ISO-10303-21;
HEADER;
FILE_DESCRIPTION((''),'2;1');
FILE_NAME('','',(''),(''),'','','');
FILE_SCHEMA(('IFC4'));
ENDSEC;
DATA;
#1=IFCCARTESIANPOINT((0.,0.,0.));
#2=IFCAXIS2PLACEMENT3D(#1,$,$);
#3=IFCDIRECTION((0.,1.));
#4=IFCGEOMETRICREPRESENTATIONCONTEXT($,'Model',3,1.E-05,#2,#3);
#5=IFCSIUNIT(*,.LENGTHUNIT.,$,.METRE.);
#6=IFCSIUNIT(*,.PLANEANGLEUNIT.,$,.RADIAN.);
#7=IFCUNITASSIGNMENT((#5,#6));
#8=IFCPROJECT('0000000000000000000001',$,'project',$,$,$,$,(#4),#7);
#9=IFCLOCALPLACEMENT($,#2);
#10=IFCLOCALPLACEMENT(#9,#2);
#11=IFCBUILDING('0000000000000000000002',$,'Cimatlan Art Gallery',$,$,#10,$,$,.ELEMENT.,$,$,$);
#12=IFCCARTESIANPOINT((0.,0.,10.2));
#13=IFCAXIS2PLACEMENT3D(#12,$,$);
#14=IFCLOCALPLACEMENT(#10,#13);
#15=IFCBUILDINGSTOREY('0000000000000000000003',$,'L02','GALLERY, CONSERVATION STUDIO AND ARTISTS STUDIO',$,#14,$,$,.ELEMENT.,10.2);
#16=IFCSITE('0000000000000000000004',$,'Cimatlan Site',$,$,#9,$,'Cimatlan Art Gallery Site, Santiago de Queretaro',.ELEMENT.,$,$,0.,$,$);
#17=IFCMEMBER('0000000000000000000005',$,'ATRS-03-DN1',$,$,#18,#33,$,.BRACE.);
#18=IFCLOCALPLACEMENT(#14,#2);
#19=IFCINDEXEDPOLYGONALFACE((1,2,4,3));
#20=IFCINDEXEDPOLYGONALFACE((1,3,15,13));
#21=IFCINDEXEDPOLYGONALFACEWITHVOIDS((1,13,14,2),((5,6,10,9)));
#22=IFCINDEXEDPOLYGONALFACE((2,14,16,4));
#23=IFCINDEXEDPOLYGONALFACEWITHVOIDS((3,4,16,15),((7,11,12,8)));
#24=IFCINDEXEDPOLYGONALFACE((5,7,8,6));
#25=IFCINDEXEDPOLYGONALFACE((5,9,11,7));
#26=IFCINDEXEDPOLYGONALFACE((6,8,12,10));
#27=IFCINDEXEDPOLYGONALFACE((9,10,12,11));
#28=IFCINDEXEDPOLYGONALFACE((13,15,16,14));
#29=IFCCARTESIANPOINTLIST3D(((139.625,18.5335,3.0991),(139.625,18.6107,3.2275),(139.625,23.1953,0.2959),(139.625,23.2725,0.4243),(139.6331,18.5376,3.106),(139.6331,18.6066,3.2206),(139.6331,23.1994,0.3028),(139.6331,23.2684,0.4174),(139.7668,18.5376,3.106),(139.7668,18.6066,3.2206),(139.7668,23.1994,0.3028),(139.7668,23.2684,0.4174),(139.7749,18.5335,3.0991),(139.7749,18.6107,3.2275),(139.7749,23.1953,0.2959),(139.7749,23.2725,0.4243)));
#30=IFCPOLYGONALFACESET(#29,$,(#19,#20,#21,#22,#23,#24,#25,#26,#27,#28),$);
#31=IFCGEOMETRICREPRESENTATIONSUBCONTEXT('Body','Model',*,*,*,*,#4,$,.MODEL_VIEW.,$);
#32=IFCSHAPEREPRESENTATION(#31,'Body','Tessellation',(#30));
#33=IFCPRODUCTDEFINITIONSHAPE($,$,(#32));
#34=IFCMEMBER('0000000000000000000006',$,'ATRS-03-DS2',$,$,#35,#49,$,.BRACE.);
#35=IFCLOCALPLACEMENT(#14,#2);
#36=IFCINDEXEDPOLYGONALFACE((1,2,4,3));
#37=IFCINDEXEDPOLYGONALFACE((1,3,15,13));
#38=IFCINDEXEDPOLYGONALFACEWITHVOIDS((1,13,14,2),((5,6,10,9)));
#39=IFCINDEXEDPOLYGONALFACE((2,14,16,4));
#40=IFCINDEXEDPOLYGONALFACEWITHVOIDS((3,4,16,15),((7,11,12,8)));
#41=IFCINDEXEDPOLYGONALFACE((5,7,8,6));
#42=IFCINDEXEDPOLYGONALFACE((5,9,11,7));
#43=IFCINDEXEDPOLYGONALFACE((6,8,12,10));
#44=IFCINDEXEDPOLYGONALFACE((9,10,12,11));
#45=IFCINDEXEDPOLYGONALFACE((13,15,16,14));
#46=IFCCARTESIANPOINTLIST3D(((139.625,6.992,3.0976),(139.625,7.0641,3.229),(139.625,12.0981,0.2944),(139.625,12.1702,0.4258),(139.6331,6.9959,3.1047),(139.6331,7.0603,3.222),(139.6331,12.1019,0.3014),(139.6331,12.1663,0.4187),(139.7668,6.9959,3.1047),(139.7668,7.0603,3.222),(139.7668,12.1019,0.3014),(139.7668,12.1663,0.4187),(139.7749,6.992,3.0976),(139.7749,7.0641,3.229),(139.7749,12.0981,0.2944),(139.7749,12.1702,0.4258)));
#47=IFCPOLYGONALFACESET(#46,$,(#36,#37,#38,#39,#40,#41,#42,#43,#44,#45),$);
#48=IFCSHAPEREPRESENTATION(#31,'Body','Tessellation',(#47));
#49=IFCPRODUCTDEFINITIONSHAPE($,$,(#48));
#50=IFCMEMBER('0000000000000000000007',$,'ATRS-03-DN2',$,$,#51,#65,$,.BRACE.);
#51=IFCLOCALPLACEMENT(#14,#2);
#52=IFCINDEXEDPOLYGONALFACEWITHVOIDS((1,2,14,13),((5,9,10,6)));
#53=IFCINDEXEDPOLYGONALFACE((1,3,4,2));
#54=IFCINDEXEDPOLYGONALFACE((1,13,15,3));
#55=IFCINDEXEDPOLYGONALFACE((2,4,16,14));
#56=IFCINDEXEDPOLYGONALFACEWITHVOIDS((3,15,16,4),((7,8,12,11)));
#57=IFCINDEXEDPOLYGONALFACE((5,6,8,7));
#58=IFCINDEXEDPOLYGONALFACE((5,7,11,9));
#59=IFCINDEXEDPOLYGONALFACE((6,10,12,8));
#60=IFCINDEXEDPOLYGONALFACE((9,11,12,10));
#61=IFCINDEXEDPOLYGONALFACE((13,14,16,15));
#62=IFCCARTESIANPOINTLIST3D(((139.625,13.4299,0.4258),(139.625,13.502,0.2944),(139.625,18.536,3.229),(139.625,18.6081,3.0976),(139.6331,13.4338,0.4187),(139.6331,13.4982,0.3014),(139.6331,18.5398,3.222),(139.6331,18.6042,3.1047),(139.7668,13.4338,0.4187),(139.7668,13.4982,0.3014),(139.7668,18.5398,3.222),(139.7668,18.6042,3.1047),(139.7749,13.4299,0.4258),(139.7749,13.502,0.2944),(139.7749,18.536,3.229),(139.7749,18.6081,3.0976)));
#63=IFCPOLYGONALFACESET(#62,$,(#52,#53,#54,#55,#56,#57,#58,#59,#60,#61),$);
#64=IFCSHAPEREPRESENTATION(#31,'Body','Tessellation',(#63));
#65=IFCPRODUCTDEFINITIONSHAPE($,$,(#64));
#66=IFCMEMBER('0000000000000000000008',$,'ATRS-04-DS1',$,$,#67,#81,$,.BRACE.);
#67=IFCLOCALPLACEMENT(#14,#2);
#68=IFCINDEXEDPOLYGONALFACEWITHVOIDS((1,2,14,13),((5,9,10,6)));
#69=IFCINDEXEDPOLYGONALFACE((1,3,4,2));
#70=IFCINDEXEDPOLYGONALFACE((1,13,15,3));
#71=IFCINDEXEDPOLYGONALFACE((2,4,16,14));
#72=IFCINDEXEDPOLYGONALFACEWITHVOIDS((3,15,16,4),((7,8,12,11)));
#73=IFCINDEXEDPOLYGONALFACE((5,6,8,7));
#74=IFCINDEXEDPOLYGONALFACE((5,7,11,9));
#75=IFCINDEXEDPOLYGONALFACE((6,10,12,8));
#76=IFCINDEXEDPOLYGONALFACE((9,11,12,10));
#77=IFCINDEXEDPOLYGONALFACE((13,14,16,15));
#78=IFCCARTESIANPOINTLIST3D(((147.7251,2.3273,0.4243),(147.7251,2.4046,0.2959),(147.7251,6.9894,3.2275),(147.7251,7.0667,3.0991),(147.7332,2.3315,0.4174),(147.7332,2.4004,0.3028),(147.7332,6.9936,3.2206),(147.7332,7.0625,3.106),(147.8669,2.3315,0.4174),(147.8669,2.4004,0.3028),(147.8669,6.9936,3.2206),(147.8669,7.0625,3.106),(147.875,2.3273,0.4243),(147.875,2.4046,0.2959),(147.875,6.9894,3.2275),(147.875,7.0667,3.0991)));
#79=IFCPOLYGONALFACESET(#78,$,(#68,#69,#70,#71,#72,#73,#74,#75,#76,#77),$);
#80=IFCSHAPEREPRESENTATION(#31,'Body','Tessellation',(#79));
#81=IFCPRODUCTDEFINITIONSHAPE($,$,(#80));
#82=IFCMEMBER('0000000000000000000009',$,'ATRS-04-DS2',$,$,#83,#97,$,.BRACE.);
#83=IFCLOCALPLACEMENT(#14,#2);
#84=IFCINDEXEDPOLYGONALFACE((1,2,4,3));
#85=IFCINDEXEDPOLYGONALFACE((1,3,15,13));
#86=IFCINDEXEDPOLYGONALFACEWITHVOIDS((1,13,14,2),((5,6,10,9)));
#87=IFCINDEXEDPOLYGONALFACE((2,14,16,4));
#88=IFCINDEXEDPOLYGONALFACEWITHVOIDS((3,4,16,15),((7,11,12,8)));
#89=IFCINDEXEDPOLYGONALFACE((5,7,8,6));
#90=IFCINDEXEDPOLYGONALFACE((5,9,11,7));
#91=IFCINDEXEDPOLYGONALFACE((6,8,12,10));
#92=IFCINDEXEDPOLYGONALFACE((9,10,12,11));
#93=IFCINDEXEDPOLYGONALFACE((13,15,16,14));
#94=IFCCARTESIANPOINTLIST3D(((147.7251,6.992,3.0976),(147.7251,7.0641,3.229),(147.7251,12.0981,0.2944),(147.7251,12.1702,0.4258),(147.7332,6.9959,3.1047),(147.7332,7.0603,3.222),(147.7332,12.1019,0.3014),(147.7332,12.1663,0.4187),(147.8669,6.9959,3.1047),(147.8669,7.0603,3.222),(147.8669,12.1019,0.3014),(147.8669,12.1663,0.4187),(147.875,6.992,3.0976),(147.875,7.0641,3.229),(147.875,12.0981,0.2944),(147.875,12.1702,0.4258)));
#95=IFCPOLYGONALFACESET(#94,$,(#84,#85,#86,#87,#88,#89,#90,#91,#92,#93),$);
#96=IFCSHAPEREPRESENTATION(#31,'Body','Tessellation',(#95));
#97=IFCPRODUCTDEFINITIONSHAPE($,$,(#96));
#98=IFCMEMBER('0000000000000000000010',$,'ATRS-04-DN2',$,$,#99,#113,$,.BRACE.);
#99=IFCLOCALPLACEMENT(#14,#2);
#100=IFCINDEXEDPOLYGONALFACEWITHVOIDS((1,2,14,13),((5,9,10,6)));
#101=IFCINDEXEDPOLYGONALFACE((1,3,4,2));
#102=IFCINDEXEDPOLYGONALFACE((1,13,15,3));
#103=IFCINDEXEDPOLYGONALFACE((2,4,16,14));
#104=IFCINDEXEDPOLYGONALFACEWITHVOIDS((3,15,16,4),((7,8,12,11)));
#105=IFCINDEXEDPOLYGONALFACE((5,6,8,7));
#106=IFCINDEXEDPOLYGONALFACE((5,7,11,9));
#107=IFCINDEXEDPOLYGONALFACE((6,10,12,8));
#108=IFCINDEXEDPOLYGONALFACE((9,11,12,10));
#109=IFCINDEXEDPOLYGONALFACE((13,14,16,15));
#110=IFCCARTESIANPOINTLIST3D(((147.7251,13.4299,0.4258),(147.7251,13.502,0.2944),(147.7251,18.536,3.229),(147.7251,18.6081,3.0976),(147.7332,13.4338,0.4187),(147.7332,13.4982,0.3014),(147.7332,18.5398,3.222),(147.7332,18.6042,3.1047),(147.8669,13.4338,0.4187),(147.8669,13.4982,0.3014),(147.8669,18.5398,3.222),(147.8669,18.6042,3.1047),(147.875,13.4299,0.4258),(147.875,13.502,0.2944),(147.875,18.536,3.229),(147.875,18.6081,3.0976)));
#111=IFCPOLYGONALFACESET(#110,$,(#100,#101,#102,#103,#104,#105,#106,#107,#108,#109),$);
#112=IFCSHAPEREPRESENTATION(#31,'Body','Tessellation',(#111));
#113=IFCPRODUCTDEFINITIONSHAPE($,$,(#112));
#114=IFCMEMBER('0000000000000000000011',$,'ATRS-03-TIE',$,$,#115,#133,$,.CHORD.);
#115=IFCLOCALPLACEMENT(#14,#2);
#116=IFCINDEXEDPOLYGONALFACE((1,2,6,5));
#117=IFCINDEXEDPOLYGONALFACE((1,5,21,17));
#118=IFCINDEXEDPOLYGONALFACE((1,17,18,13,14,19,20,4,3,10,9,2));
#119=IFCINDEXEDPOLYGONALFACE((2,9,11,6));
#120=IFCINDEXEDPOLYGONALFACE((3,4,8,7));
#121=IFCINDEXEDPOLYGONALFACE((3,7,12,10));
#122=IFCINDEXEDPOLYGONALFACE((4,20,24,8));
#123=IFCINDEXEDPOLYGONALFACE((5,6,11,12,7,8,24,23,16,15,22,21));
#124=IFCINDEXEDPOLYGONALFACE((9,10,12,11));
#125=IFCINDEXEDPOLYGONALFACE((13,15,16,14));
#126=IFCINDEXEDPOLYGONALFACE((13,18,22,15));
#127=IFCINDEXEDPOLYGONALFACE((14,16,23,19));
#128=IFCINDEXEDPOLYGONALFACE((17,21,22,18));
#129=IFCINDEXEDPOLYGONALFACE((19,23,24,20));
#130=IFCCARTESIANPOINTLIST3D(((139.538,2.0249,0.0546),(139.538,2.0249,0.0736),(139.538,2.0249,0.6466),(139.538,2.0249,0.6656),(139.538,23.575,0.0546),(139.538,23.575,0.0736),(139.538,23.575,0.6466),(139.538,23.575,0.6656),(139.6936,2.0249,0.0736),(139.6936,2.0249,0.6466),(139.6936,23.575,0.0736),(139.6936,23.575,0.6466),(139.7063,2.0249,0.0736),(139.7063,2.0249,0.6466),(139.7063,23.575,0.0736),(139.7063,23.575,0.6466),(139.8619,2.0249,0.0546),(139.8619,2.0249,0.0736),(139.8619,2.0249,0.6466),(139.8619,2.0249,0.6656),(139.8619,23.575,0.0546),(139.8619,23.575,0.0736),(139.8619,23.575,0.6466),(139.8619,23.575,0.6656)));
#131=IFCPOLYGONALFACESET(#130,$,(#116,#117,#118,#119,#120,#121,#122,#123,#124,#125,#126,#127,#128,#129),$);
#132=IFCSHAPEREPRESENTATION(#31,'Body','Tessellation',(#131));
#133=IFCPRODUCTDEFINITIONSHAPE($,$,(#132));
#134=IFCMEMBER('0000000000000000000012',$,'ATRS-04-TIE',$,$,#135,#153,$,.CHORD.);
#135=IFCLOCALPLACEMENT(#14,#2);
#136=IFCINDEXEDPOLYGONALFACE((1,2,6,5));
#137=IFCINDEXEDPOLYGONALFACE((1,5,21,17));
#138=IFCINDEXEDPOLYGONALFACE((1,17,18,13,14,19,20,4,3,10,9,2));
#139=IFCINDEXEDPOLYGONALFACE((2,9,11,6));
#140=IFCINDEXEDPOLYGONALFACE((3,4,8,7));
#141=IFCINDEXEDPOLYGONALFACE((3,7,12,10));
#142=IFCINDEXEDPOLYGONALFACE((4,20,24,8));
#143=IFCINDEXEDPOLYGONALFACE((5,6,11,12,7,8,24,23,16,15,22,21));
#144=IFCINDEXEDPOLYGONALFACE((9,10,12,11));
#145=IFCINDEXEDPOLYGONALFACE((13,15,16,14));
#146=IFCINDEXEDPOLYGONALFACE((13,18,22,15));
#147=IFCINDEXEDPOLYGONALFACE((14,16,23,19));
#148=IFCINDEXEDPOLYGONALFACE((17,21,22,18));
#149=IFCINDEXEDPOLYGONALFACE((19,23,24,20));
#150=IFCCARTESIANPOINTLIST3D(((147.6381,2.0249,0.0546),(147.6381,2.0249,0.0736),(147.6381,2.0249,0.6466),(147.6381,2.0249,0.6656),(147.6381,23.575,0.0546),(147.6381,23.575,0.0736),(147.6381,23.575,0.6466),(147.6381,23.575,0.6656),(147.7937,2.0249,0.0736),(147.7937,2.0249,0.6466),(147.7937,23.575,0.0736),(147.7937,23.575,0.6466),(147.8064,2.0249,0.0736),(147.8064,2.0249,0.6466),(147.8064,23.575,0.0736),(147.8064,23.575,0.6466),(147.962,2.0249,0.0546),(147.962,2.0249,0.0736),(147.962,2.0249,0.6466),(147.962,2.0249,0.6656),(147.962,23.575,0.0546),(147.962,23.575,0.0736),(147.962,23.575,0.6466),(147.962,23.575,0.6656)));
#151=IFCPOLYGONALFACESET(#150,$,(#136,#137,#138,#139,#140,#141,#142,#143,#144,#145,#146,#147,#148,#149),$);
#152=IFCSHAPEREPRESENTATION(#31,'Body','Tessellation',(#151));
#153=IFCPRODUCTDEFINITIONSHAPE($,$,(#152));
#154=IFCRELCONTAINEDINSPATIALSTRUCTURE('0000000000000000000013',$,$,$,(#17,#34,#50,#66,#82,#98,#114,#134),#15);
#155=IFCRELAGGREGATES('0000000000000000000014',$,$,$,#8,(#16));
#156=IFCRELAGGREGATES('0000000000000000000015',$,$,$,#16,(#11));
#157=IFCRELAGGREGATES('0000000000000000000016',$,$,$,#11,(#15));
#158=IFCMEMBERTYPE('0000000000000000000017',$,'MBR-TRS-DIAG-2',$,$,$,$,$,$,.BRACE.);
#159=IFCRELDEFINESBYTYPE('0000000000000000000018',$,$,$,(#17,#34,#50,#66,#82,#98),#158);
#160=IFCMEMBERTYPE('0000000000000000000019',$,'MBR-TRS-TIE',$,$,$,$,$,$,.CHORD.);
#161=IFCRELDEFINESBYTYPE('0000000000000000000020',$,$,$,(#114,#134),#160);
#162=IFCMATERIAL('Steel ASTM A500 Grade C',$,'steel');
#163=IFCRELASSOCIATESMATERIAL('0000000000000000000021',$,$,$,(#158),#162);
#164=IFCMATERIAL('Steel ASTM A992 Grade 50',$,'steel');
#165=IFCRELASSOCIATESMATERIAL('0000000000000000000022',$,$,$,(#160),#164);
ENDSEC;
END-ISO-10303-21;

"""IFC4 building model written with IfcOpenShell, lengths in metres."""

from ifc_helpers import new_model, si_unit, direction, frame, origin, origin_2d, place, context, subcontext, project, spatial, hollow_rectangle, i_section, extrude, material, material_profile, profile_set, type_object, element, save


model = new_model("IFC4")

# Units and contexts
model_context = context("Model", 3, precision=1e-05, world=origin(), true_north=direction((0.0, 1.0)))
body_context = subcontext(model_context, "Body", "Model", "MODEL_VIEW")
ifc_project = project(units=[si_unit("LENGTHUNIT", "METRE"), si_unit("PLANEANGLEUNIT", "RADIAN")], contexts=[model_context])

# Site, building, storey
site_placement = place(None, origin())
site = spatial("IfcSite", under=ifc_project, at=site_placement, Name="Cimatlan Site", LongName="Cimatlan Art Gallery Site, Santiago de Queretaro", CompositionType="ELEMENT", RefElevation=0.0)
building_placement = place(site_placement, origin())
building = spatial("IfcBuilding", under=site, at=building_placement, Name="Cimatlan Art Gallery", CompositionType="ELEMENT")
storey_placement = place(building_placement, frame((0.0, 0.0, 10.2)))
storey = spatial("IfcBuildingStorey", under=building, at=storey_placement, Name="L02", Description="GALLERY, CONSERVATION STUDIO AND ARTISTS STUDIO", CompositionType="ELEMENT", Elevation=10.2)

# Shared definitions
ifc_material_1 = material(Name="Steel ASTM A992 Grade 50", Category="steel")

# Members
ifc_material_2 = material(Name="Steel ASTM A500 Grade C", Category="steel")
ifc_material_profile_1 = material_profile(ifc_material_2, hollow_rectangle(XDim=0.1499, YDim=0.1499, WallThickness=0.0081, at=origin_2d()), Name="HSS150X150X8")
ifc_profile_set_1 = profile_set([ifc_material_profile_1], Name="Steel ASTM A500 Grade C")
member_type_1 = type_object("IfcMemberType", Name="MBR-TRS-DIAG-2", PredefinedType="BRACE", material=ifc_profile_set_1)
member_1_placement = place(storey_placement, frame((139.7, 23.2339, 0.3601), z_axis=(0.0, -0.856998, 0.515321), x_axis=(1.0, 0.0, 0.0)))
element("IfcMember", 1, at=member_1_placement, inside=storey, type_object=member_type_1, Name="ATRS-03-DN1", PredefinedType="BRACE", context=body_context, shape_type="SweptSolid", body=[
    extrude(hollow_rectangle(XDim=0.1499, YDim=0.1499, WallThickness=0.0081, at=origin_2d()), origin(), (0.0, 0.0, 1.0), 5.4397),
])
for number, where, z_axis, x_axis, name in (
    (2, (139.7, 7.0281, 3.1633), (0.0, 0.876582, -0.481252), (-1.0, 0.0, 0.0), "ATRS-03-DS2"),
    (3, (139.7, 18.572, 3.1633), (0.0, -0.876582, -0.481252), (1.0, 0.0, 0.0), "ATRS-03-DN2"),
):
    element("IfcMember", number, at=place(storey_placement, frame(where, z_axis=z_axis, x_axis=x_axis)), inside=storey, type_object=member_type_1, Name=name, PredefinedType="BRACE", context=body_context, shape_type="SweptSolid", body=[
        extrude(hollow_rectangle(XDim=0.1499, YDim=0.1499, WallThickness=0.0081, at=origin_2d()), origin(), (0.0, 0.0, 1.0), 5.825),
    ])
member_2_placement = place(storey_placement, frame((147.8, 2.366, 0.3601), z_axis=(0.0, 0.857009, 0.515301), x_axis=(-1.0, 0.0, 0.0)))
element("IfcMember", 4, at=member_2_placement, inside=storey, type_object=member_type_1, Name="ATRS-04-DS1", PredefinedType="BRACE", context=body_context, shape_type="SweptSolid", body=[
    extrude(hollow_rectangle(XDim=0.1499, YDim=0.1499, WallThickness=0.0081, at=origin_2d()), origin(), (0.0, 0.0, 1.0), 5.4399),
])
for number, where, z_axis, x_axis, name in (
    (5, (147.8, 7.0281, 3.1633), (0.0, 0.876582, -0.481252), (-1.0, 0.0, 0.0), "ATRS-04-DS2"),
    (6, (147.8, 18.572, 3.1633), (0.0, -0.876582, -0.481252), (1.0, 0.0, 0.0), "ATRS-04-DN2"),
):
    element("IfcMember", number, at=place(storey_placement, frame(where, z_axis=z_axis, x_axis=x_axis)), inside=storey, type_object=member_type_1, Name=name, PredefinedType="BRACE", context=body_context, shape_type="SweptSolid", body=[
        extrude(hollow_rectangle(XDim=0.1499, YDim=0.1499, WallThickness=0.0081, at=origin_2d()), origin(), (0.0, 0.0, 1.0), 5.825),
    ])
ifc_material_profile_2 = material_profile(ifc_material_1, i_section(OverallWidth=0.324, OverallDepth=0.6111, WebThickness=0.0127, FlangeThickness=0.019, at=origin_2d()), Name="W24X104")
ifc_profile_set_2 = profile_set([ifc_material_profile_2], Name="Steel ASTM A992 Grade 50")
member_type_2 = type_object("IfcMemberType", Name="MBR-TRS-TIE", PredefinedType="CHORD", material=ifc_profile_set_2)
for number, where, z_axis, x_axis, name in (
    (7, (139.7, 2.0249, 0.3601), (0.0, 1.0, 0.0), (-1.0, 0.0, 0.0), "ATRS-03-TIE"),
    (8, (147.8, 2.0249, 0.3601), (0.0, 1.0, 0.0), (-1.0, 0.0, 0.0), "ATRS-04-TIE"),
):
    element("IfcMember", number, at=place(storey_placement, frame(where, z_axis=z_axis, x_axis=x_axis)), inside=storey, type_object=member_type_2, Name=name, PredefinedType="CHORD", context=body_context, shape_type="SweptSolid", body=[
        extrude(i_section(OverallWidth=0.324, OverallDepth=0.6111, WebThickness=0.0127, FlangeThickness=0.019, at=origin_2d()), origin(), (0.0, 0.0, 1.0), 21.55),
    ])

save(model, "model.ifc")
